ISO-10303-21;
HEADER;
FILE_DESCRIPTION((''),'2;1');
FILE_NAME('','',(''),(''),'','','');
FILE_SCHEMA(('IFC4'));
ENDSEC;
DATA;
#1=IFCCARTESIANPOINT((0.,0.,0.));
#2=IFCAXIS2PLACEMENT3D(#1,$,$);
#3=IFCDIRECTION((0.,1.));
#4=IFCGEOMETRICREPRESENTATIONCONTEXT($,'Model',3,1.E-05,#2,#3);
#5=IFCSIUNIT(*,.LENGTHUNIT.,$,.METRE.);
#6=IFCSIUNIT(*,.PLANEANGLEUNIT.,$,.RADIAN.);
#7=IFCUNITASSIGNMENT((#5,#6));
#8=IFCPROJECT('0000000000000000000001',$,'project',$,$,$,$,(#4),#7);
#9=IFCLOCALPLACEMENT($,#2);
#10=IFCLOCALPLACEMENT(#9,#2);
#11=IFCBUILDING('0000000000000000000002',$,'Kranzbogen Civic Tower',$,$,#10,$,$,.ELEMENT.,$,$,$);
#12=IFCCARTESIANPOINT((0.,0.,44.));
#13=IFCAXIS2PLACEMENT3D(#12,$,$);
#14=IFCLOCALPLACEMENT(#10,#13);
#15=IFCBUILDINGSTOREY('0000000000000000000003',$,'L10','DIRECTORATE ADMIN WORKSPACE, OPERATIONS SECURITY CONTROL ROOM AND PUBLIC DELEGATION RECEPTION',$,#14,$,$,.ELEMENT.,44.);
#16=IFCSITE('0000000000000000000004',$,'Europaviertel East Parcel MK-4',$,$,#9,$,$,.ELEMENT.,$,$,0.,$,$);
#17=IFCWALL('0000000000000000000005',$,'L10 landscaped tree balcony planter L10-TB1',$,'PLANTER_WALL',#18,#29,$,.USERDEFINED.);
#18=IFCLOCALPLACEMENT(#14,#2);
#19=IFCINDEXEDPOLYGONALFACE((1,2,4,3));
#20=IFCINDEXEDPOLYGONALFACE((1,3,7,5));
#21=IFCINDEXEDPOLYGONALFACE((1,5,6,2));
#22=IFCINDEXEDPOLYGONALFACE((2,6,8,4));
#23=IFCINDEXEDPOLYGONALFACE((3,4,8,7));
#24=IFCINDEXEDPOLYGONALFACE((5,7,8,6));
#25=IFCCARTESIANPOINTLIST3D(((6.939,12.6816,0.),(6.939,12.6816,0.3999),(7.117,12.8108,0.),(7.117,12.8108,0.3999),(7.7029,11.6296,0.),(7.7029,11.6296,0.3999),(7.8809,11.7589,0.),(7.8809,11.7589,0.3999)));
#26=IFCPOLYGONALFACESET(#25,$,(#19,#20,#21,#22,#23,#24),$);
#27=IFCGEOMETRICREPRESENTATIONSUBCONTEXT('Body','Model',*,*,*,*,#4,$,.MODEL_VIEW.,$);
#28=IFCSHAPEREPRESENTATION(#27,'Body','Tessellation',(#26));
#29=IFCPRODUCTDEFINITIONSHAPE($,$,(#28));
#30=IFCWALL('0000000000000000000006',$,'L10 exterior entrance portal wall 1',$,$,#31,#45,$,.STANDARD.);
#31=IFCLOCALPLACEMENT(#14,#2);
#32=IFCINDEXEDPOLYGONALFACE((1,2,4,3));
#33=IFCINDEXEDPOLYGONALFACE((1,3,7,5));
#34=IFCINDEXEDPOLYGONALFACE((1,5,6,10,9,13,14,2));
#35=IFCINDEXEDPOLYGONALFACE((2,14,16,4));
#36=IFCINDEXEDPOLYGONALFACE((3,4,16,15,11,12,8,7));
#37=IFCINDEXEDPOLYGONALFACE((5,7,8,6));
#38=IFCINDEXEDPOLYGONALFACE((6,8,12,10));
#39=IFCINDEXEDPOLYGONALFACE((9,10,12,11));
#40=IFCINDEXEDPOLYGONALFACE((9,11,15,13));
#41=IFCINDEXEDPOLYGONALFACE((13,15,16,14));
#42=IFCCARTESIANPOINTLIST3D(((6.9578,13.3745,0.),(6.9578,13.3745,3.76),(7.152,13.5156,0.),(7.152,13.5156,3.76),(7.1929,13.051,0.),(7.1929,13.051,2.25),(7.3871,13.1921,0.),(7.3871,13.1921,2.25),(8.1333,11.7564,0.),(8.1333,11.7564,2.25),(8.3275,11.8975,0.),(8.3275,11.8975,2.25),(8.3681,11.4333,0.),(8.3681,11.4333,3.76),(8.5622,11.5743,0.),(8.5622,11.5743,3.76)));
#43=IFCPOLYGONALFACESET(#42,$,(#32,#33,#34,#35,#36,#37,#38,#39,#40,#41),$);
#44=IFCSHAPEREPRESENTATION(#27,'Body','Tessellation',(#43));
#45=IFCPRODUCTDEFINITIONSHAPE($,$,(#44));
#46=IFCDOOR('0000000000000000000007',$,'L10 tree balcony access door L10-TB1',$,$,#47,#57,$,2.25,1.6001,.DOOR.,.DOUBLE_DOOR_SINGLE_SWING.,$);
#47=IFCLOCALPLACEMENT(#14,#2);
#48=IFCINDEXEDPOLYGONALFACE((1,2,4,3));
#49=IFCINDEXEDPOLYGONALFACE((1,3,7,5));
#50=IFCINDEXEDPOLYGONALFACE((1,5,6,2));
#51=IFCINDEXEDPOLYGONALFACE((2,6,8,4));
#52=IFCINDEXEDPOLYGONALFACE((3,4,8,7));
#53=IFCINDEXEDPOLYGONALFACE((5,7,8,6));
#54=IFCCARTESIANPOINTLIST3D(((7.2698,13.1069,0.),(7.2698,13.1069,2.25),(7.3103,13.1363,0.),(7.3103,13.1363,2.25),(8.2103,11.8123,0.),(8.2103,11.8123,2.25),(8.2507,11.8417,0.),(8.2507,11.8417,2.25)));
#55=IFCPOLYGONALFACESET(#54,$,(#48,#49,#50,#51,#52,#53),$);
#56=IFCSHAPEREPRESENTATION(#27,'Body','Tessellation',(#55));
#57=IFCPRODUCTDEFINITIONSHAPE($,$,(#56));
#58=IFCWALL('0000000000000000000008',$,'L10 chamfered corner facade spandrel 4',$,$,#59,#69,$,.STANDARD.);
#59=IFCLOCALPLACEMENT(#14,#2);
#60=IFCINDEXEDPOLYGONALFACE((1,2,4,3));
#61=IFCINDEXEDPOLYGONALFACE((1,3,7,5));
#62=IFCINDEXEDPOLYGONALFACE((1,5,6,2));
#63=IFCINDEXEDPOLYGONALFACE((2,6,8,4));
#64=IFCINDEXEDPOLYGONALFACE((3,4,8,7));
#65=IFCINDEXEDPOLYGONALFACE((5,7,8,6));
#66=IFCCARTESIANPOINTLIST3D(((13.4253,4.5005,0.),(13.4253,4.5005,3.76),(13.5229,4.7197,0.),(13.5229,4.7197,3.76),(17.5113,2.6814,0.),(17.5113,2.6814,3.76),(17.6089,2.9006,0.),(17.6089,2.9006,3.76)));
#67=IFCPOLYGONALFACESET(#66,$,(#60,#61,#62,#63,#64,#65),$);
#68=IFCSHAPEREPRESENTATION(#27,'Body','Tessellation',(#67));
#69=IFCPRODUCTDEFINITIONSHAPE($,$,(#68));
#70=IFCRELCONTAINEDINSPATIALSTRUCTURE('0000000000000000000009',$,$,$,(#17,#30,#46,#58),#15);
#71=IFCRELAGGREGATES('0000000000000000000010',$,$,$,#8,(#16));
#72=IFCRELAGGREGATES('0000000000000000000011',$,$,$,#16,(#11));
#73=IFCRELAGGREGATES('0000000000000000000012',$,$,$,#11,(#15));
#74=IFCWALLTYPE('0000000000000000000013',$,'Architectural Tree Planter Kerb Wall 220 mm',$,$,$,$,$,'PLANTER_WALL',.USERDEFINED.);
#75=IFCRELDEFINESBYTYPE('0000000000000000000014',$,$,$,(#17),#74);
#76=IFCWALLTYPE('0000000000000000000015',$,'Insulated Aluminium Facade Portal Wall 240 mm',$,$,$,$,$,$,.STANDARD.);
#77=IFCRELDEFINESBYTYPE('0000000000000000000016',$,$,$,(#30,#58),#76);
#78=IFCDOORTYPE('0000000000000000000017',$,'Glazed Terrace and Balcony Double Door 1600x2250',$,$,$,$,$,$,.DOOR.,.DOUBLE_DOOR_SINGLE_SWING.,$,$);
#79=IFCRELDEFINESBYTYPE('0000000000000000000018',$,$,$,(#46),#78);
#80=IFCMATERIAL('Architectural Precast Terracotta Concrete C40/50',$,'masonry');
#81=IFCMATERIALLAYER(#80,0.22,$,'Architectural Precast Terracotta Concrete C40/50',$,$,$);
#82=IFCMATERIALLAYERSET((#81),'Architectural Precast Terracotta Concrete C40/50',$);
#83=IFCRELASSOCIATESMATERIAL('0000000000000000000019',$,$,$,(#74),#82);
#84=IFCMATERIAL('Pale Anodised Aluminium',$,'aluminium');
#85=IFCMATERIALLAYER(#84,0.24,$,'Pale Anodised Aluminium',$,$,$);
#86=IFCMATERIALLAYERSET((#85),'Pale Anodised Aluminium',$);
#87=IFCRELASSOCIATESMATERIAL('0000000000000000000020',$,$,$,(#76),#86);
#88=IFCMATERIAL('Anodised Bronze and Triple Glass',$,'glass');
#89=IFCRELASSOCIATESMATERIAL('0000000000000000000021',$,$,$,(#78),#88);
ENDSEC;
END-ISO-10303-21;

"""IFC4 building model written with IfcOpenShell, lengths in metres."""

from ifc_helpers import new_model, si_unit, direction, frame, frame_2d, origin, place, context, subcontext, project, spatial, rectangle, extrude, material, layer, layer_set, type_object, element, fill, save


model = new_model("IFC4")

# Units and contexts
model_context = context("Model", 3, precision=1e-05, world=origin(), true_north=direction((0.0, 1.0)))
body_context = subcontext(model_context, "Body", "Model", "MODEL_VIEW")
ifc_project = project(units=[si_unit("LENGTHUNIT", "METRE"), si_unit("PLANEANGLEUNIT", "RADIAN")], contexts=[model_context])

# Site, building, storey
site_placement = place(None, origin())
site = spatial("IfcSite", under=ifc_project, at=site_placement, Name="Europaviertel East Parcel MK-4", CompositionType="ELEMENT", RefElevation=0.0)
building_placement = place(site_placement, origin())
building = spatial("IfcBuilding", under=site, at=building_placement, Name="Kranzbogen Civic Tower", CompositionType="ELEMENT")
storey_placement = place(building_placement, frame((0.0, 0.0, 44.0)))
storey = spatial("IfcBuildingStorey", under=building, at=storey_placement, Name="L10", Description="DIRECTORATE ADMIN WORKSPACE, OPERATIONS SECURITY CONTROL ROOM AND PUBLIC DELEGATION RECEPTION", CompositionType="ELEMENT", Elevation=44.0)

# Shared definitions
ifc_material_1 = material(Name="Pale Anodised Aluminium", Category="aluminium")

# Wall
ifc_material_2 = material(Name="Architectural Precast Terracotta Concrete C40/50", Category="masonry")
ifc_layer_1 = layer(ifc_material_2, 0.22, Name="Architectural Precast Terracotta Concrete C40/50")
ifc_layer_set_1 = layer_set([ifc_layer_1], Name="Architectural Precast Terracotta Concrete C40/50")
wall_type_1 = type_object("IfcWallType", Name="Architectural Tree Planter Kerb Wall 220 mm", ElementType="PLANTER_WALL", PredefinedType="USERDEFINED", material=ifc_layer_set_1)
wall_1_placement = place(storey_placement, frame((7.0281, 12.7461, 0.0), z_axis=(0.0, 0.0, 1.0), x_axis=(0.58758, -0.809166, 0.0)))
element("IfcWall", 1, at=wall_1_placement, inside=storey, type_object=wall_type_1, Name="L10 landscaped tree balcony planter L10-TB1", ObjectType="PLANTER_WALL", PredefinedType="USERDEFINED", context=body_context, shape_type="SweptSolid", body=[
    extrude(rectangle(XDim=1.3, YDim=0.22, at=frame_2d((0.6499, 0.0))), origin(), (0.0, 0.0, 1.0), 0.3999),
])

# Wall, opening, door
ifc_layer_2 = layer(ifc_material_1, 0.24, Name="Pale Anodised Aluminium")
ifc_layer_set_2 = layer_set([ifc_layer_2], Name="Pale Anodised Aluminium")
wall_type_2 = type_object("IfcWallType", Name="Insulated Aluminium Facade Portal Wall 240 mm", PredefinedType="STANDARD", material=ifc_layer_set_2)
wall_2_placement = place(storey_placement, frame((7.0549, 13.4451, 0.0), z_axis=(0.0, 0.0, 1.0), x_axis=(0.587736, -0.809053, 0.0)))
wall_2 = element("IfcWall", 2, at=wall_2_placement, inside=storey, type_object=wall_type_2, Name="L10 exterior entrance portal wall 1", PredefinedType="STANDARD", context=body_context, shape_type="SweptSolid", body=[
    extrude(rectangle(XDim=2.3994, YDim=0.24, at=frame_2d((1.1997, 0.0))), origin(), (0.0, 0.0, 1.0), 3.76),
])
opening_placement = place(wall_2_placement, frame((0.3999, 0.0, 0.0)))
opening = element("IfcOpeningElement", 3, at=opening_placement, cuts=wall_2, PredefinedType="OPENING", context=body_context, shape_type="SweptSolid", body=[
    extrude(rectangle(XDim=1.6001, YDim=2.25, at=frame_2d((0.8, 1.125))), frame((0.0, 0.1299, 0.0), z_axis=(0.0, -1.0, 0.0), x_axis=(1.0, 0.0, 0.0)), (0.0, 0.0, 1.0), 0.26),
])
ifc_material_3 = material(Name="Anodised Bronze and Triple Glass", Category="glass")
door_type = type_object("IfcDoorType", Name="Glazed Terrace and Balcony Double Door 1600x2250", OperationType="DOUBLE_DOOR_SINGLE_SWING", PredefinedType="DOOR", material=ifc_material_3)
door_placement = place(opening_placement, frame((1.6001, 0.0, 0.0), z_axis=(0.0, 0.0, 1.0), x_axis=(-1.0, 0.0, 0.0)))
door = element("IfcDoor", 4, at=door_placement, inside=storey, type_object=door_type, Name="L10 tree balcony access door L10-TB1", OperationType="DOUBLE_DOOR_SINGLE_SWING", OverallHeight=2.25, OverallWidth=1.6001, PredefinedType="DOOR", context=body_context, shape_type="SweptSolid", body=[
    extrude(rectangle(XDim=1.6001, YDim=2.25, at=frame_2d((0.8, 1.125))), frame((0.0, 0.0249, 0.0), z_axis=(0.0, -1.0, 0.0), x_axis=(1.0, 0.0, 0.0)), (0.0, 0.0, 1.0), 0.05),
])
fill(opening, door)

# Wall
wall_3_placement = place(storey_placement, frame((13.4741, 4.6101, 0.0), z_axis=(0.0, 0.0, 1.0), x_axis=(0.913553, -0.406721, 0.0)))
element("IfcWall", 5, at=wall_3_placement, inside=storey, type_object=wall_type_2, Name="L10 chamfered corner facade spandrel 4", PredefinedType="STANDARD", context=body_context, shape_type="SweptSolid", body=[
    extrude(rectangle(XDim=4.4727, YDim=0.24, at=frame_2d((2.2363, 0.0))), origin(), (0.0, 0.0, 1.0), 3.76),
])

save(model, "model.ifc")
